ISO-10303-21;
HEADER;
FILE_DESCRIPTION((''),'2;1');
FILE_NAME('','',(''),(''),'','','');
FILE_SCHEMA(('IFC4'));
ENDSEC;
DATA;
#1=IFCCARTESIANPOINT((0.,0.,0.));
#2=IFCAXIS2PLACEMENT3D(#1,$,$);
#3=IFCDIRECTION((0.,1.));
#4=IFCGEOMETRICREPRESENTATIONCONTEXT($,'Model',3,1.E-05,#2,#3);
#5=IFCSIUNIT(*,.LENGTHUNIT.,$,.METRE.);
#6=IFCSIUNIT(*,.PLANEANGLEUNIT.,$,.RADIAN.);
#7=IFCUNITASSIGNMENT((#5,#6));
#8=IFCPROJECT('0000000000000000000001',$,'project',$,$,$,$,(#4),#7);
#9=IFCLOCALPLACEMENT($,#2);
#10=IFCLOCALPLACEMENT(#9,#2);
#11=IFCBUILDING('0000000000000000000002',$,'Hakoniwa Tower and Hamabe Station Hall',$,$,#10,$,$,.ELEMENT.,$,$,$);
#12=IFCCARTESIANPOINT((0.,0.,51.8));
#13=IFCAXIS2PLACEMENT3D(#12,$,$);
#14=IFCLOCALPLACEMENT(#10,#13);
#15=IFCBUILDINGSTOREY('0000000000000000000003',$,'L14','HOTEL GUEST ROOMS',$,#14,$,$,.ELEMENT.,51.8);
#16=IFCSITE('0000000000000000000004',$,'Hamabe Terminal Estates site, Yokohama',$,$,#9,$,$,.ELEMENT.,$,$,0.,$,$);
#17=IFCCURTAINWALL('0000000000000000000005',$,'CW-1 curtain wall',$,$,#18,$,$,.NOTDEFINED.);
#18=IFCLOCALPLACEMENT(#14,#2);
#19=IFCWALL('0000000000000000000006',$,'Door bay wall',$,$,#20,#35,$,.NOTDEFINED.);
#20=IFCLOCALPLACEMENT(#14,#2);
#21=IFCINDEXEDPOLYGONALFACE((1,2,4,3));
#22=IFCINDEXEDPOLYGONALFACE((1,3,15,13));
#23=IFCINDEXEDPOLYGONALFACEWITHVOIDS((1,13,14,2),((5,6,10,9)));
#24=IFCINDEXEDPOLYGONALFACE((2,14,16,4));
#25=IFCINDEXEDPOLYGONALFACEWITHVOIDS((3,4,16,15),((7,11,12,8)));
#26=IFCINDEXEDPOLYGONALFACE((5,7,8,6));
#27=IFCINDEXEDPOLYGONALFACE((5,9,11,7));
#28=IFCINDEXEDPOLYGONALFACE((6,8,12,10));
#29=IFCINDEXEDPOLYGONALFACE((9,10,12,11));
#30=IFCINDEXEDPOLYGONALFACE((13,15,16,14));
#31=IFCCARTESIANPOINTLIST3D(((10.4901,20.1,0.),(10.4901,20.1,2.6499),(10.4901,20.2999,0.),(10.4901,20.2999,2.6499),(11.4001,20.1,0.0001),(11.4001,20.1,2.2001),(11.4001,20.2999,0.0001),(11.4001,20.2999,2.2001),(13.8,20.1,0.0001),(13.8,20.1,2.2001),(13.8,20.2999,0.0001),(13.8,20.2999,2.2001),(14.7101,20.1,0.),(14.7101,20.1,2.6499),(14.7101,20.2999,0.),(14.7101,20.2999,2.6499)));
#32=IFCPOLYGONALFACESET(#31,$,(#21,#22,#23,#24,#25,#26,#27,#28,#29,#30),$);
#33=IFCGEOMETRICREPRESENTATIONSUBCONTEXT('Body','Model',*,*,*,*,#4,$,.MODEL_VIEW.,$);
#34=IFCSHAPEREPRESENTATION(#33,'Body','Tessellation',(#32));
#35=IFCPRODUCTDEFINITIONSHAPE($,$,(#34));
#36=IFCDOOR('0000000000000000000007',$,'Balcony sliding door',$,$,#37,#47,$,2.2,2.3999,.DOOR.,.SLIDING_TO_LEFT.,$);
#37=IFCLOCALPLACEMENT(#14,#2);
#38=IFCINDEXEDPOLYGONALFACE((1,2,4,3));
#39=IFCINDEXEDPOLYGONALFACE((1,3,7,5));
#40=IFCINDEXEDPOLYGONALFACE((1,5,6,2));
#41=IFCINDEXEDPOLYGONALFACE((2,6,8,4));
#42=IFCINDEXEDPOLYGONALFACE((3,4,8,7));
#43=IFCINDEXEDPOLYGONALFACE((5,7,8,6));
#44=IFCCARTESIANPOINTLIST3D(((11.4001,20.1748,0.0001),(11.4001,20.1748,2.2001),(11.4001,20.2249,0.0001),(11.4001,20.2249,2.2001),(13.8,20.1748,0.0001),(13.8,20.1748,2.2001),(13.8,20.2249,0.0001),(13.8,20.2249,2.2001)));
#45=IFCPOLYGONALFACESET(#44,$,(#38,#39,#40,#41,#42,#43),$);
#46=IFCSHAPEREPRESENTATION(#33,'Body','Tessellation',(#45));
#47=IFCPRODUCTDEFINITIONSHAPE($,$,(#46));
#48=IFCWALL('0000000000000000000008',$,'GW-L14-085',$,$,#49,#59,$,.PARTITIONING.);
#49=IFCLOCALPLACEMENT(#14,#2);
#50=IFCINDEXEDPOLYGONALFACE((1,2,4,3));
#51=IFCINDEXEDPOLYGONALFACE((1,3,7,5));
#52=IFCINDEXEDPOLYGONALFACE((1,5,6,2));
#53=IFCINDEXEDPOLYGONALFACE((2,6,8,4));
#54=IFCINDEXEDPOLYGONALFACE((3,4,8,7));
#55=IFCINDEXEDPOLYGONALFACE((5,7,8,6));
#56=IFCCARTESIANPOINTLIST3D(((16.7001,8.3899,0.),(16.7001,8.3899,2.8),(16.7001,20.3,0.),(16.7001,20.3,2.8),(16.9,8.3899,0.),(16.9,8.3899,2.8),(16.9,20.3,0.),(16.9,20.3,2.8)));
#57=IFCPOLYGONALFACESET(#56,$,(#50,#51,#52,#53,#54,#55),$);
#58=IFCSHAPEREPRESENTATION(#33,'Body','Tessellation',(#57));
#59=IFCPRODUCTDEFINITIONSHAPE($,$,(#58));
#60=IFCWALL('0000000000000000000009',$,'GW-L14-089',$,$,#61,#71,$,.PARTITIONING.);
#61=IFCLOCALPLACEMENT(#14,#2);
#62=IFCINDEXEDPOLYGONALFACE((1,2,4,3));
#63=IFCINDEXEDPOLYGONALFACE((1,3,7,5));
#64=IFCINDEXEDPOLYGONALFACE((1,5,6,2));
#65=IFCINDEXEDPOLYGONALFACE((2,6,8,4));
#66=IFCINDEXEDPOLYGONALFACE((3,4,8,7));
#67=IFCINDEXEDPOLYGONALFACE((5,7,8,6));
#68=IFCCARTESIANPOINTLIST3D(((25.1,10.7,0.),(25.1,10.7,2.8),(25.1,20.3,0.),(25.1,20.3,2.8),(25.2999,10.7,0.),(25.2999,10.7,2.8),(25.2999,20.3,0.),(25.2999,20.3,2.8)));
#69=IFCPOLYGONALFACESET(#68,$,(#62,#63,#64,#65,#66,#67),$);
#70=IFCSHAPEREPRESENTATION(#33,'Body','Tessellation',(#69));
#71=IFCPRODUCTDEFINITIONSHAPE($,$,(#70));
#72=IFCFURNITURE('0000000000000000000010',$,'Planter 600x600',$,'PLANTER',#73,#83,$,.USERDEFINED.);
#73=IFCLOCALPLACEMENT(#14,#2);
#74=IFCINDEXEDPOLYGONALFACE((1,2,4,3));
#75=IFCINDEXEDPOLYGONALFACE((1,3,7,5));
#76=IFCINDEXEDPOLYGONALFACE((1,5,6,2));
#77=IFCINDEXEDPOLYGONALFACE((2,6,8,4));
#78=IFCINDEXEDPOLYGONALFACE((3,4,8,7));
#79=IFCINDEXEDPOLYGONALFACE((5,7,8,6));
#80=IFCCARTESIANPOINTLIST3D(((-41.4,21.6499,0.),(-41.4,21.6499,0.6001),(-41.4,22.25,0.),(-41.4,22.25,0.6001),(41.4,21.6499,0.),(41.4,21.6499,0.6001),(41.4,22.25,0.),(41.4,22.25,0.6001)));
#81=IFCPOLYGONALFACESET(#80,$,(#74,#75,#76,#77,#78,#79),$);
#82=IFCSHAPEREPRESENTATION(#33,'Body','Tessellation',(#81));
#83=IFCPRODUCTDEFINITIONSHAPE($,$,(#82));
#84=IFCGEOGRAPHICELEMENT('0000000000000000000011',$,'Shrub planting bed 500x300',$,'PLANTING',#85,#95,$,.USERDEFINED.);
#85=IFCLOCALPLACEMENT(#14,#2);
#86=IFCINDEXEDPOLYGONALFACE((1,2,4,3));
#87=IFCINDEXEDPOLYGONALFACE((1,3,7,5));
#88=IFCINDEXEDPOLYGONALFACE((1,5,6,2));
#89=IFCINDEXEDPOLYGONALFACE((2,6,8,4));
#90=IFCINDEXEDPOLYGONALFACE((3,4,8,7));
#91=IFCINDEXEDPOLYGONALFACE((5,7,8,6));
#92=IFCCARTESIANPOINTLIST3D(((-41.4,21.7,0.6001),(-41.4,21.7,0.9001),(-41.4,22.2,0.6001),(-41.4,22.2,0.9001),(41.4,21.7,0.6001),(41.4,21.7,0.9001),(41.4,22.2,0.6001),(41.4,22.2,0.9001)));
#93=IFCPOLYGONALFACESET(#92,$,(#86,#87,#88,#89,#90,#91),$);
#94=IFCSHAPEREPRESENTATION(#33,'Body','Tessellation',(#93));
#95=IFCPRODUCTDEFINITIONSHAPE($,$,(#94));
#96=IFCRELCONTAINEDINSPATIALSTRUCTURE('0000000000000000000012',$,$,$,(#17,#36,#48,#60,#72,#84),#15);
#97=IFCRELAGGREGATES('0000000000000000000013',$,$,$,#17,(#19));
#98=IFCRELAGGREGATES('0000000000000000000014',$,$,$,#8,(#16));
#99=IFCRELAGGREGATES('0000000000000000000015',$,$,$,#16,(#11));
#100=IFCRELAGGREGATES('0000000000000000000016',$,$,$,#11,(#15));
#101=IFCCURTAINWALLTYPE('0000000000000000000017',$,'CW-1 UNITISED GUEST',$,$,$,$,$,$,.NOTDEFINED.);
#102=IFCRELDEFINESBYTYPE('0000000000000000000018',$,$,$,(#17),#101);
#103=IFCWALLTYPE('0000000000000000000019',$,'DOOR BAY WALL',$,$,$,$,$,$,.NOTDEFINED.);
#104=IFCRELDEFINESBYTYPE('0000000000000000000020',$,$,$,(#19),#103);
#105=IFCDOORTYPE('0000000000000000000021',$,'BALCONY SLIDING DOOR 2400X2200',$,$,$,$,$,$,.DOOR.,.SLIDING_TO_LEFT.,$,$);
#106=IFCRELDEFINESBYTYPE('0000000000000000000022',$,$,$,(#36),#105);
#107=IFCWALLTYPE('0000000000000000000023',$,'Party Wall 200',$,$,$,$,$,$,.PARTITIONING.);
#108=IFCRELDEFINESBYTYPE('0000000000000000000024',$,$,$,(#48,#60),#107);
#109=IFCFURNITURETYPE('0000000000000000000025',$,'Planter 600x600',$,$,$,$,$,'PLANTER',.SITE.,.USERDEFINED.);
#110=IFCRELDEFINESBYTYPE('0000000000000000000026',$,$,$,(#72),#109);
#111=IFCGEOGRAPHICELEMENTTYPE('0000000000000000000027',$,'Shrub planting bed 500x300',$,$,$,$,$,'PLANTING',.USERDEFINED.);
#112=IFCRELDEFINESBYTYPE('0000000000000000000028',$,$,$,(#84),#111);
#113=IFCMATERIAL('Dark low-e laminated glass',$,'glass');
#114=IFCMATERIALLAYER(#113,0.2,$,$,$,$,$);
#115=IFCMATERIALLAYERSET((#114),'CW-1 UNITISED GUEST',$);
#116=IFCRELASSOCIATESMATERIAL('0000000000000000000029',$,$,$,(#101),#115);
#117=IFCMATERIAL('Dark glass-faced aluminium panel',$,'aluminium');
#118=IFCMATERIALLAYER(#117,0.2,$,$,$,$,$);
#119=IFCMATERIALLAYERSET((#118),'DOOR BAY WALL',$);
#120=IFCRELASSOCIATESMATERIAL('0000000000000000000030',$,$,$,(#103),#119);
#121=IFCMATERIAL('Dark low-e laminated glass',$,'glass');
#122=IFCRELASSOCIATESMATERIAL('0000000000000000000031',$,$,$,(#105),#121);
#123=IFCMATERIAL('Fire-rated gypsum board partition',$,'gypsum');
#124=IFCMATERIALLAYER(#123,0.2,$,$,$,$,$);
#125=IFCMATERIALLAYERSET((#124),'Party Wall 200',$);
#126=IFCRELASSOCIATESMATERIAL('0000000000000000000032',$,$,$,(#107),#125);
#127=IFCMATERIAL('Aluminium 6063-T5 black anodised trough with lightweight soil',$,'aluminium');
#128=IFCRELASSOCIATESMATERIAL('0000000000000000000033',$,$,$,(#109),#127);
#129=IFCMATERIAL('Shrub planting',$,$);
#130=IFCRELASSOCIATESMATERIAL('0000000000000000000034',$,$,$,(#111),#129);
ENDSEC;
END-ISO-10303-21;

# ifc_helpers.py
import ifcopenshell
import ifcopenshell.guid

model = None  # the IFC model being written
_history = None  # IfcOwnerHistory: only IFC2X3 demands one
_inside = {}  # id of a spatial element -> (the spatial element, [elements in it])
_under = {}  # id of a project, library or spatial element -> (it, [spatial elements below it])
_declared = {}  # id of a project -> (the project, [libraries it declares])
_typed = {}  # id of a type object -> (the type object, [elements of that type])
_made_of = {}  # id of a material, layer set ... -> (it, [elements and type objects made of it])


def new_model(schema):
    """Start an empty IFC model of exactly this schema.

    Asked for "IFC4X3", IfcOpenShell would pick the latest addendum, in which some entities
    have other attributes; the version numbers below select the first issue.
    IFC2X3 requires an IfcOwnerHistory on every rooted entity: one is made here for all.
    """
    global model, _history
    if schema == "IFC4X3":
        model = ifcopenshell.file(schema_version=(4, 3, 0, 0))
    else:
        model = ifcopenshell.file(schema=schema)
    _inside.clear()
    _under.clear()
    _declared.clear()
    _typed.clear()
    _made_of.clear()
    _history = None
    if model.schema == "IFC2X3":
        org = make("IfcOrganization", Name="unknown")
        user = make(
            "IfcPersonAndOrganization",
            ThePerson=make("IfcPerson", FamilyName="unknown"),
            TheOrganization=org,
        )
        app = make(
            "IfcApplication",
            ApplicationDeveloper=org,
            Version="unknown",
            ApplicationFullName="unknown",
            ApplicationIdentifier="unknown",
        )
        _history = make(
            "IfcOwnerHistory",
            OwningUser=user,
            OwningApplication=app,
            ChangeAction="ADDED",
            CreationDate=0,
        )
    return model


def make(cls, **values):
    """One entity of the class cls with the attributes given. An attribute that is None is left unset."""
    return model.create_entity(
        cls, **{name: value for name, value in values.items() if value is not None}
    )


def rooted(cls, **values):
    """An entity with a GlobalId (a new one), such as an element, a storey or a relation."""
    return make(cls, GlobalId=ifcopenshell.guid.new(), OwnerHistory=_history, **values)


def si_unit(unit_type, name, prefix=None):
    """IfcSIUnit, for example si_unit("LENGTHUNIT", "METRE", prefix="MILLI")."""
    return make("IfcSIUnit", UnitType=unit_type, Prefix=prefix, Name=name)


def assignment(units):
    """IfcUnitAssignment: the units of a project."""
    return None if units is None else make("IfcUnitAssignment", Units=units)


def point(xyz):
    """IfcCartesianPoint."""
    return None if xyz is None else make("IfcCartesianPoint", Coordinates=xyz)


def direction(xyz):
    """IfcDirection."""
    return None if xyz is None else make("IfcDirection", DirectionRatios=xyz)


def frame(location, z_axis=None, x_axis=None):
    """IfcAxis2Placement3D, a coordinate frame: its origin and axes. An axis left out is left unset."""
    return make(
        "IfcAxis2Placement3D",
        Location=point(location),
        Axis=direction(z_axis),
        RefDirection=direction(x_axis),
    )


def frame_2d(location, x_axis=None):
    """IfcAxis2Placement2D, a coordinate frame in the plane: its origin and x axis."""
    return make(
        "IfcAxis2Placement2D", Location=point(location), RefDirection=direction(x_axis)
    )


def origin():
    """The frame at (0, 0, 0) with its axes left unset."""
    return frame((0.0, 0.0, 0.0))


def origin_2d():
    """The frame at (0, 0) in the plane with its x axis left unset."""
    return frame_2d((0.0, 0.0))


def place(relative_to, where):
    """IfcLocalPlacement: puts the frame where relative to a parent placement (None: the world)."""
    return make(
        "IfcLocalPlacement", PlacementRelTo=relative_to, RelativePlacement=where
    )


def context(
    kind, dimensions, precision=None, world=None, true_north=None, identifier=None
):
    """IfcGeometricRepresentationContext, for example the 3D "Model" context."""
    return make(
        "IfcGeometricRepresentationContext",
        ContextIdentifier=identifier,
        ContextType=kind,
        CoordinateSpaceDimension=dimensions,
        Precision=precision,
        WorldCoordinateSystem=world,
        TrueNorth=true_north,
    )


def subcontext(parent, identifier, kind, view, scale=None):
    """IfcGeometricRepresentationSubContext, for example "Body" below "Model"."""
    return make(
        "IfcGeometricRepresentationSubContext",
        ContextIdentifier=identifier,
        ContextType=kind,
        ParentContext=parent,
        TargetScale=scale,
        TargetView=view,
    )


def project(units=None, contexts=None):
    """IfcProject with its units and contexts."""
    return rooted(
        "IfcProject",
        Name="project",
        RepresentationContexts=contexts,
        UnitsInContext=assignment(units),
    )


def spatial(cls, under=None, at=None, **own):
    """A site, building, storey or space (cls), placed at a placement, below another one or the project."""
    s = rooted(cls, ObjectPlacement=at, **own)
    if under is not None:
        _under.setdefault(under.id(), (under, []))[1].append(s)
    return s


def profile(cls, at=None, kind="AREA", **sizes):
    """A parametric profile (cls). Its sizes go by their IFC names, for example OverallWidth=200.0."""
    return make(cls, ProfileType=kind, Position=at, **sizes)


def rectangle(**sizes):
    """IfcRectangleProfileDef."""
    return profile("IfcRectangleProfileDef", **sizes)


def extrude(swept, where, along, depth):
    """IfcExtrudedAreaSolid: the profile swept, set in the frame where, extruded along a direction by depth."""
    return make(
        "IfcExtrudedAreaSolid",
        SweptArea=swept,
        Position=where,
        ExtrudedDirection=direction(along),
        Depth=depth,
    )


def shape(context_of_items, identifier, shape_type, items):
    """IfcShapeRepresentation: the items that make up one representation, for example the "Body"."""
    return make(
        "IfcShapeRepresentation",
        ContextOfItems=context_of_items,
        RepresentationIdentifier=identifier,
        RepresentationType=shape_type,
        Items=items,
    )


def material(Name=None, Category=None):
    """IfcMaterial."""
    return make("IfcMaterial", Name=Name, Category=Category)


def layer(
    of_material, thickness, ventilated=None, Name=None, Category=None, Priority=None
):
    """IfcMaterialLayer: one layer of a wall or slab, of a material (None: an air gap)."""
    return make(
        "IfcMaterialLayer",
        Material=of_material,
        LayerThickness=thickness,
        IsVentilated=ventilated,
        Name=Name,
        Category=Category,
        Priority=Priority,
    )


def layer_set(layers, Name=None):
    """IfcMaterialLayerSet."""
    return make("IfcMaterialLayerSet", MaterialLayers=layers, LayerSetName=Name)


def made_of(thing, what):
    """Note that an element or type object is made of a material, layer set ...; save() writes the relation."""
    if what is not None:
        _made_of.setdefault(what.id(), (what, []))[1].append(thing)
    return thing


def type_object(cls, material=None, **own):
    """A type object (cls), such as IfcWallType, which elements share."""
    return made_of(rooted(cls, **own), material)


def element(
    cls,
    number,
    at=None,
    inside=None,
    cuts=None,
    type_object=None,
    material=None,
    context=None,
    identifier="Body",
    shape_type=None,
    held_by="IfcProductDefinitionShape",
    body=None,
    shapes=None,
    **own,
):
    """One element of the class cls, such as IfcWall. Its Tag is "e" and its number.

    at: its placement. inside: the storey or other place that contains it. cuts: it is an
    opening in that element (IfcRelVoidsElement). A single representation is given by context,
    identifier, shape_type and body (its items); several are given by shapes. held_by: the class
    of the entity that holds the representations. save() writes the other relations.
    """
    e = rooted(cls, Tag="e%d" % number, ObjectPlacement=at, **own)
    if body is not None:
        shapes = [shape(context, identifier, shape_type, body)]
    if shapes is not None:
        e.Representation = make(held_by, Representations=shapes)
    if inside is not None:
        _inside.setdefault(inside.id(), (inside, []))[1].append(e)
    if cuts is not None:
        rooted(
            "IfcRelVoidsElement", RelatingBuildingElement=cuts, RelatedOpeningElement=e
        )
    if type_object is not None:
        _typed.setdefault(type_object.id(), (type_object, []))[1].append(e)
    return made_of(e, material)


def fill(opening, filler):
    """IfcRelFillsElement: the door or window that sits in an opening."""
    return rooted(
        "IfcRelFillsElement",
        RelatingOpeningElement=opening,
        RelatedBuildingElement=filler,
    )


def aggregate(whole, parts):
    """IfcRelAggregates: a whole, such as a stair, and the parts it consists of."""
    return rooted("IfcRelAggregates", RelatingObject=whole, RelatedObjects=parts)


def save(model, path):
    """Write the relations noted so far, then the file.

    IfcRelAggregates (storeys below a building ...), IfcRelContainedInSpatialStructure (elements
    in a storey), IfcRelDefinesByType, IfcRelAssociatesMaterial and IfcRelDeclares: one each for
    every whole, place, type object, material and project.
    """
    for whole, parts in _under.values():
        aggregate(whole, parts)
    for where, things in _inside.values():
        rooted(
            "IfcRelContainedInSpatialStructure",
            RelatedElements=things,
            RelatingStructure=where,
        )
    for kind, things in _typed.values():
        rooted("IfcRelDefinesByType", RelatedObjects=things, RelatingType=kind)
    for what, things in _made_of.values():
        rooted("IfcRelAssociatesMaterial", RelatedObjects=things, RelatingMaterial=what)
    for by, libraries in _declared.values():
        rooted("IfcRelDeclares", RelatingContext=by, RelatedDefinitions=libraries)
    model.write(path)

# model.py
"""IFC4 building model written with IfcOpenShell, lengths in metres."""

from ifc_helpers import new_model, si_unit, direction, frame, frame_2d, origin, origin_2d, place, context, subcontext, project, spatial, rectangle, extrude, material, layer, layer_set, type_object, element, fill, aggregate, save


model = new_model("IFC4")

# Units and contexts
model_context = context("Model", 3, precision=1e-05, world=origin(), true_north=direction((0.0, 1.0)))
body_context = subcontext(model_context, "Body", "Model", "MODEL_VIEW")
ifc_project = project(units=[si_unit("LENGTHUNIT", "METRE"), si_unit("PLANEANGLEUNIT", "RADIAN")], contexts=[model_context])

# Site, building, storey
site_placement = place(None, origin())
site = spatial("IfcSite", under=ifc_project, at=site_placement, Name="Hamabe Terminal Estates site, Yokohama", CompositionType="ELEMENT", RefElevation=0.0)
building_placement = place(site_placement, origin())
building = spatial("IfcBuilding", under=site, at=building_placement, Name="Hakoniwa Tower and Hamabe Station Hall", CompositionType="ELEMENT")
storey_placement = place(building_placement, frame((0.0, 0.0, 51.8)))
storey = spatial("IfcBuildingStorey", under=building, at=storey_placement, Name="L14", Description="HOTEL GUEST ROOMS", CompositionType="ELEMENT", Elevation=51.8)

# Curtain wall
ifc_material_1 = material(Name="Dark low-e laminated glass", Category="glass")
ifc_layer_1 = layer(ifc_material_1, 0.2)
ifc_layer_set_1 = layer_set([ifc_layer_1], Name="CW-1 UNITISED GUEST")
curtain_wall_type = type_object("IfcCurtainWallType", Name="CW-1 UNITISED GUEST", PredefinedType="NOTDEFINED", material=ifc_layer_set_1)
curtain_wall_placement = place(storey_placement, origin())
curtain_wall = element("IfcCurtainWall", 1, at=curtain_wall_placement, inside=storey, type_object=curtain_wall_type, Name="CW-1 curtain wall", PredefinedType="NOTDEFINED")

# Wall, opening, door
ifc_material_2 = material(Name="Dark glass-faced aluminium panel", Category="aluminium")
ifc_layer_2 = layer(ifc_material_2, 0.2)
ifc_layer_set_2 = layer_set([ifc_layer_2], Name="DOOR BAY WALL")
wall_type_1 = type_object("IfcWallType", Name="DOOR BAY WALL", PredefinedType="NOTDEFINED", material=ifc_layer_set_2)
ifc_material_3 = material(Name="Dark low-e laminated glass", Category="glass")
door_type_1 = type_object("IfcDoorType", Name="BALCONY SLIDING DOOR 2400X2200", OperationType="SLIDING_TO_LEFT", PredefinedType="DOOR", material=ifc_material_3)
wall_1_placement = place(storey_placement, frame((14.71, 20.2, 0.0), z_axis=(0.0, 0.0, 1.0), x_axis=(-1.0, 0.0, 0.0)))
wall_1 = element("IfcWall", 2, at=wall_1_placement, type_object=wall_type_1, Name="Door bay wall", PredefinedType="NOTDEFINED", context=body_context, shape_type="SweptSolid", body=[
    extrude(rectangle(XDim=4.22, YDim=0.2, at=frame_2d((2.1099, 0.0))), origin(), (0.0, 0.0, 1.0), 2.6499),
])
opening_1_placement = place(wall_1_placement, frame((0.9099, 0.0, 0.0)))
opening_1 = element("IfcOpeningElement", 3, at=opening_1_placement, cuts=wall_1, PredefinedType="OPENING", context=body_context, shape_type="SweptSolid", body=[
    extrude(rectangle(XDim=2.3999, YDim=2.2, at=frame_2d((1.2, 1.1001))), frame((0.0, 0.1099, 0.0), z_axis=(0.0, -1.0, 0.0), x_axis=(1.0, 0.0, 0.0)), (0.0, 0.0, 1.0), 0.22),
])
door_1_placement = place(opening_1_placement, frame((2.3999, 0.0, 0.0), z_axis=(0.0, 0.0, 1.0), x_axis=(-1.0, 0.0, 0.0)))
door_1 = element("IfcDoor", 4, at=door_1_placement, inside=storey, type_object=door_type_1, Name="Balcony sliding door", OperationType="SLIDING_TO_LEFT", OverallHeight=2.2, OverallWidth=2.3999, PredefinedType="DOOR", context=body_context, shape_type="SweptSolid", body=[
    extrude(rectangle(XDim=2.3999, YDim=2.2, at=frame_2d((1.2, 1.1001))), frame((0.0, 0.0249, 0.0), z_axis=(0.0, -1.0, 0.0), x_axis=(1.0, 0.0, 0.0)), (0.0, 0.0, 1.0), 0.05),
])
fill(opening_1, door_1)
aggregate(curtain_wall, [wall_1])

# Walls
ifc_material_4 = material(Name="Fire-rated gypsum board partition", Category="gypsum")
ifc_layer_3 = layer(ifc_material_4, 0.2)
ifc_layer_set_3 = layer_set([ifc_layer_3], Name="Party Wall 200")
wall_type_2 = type_object("IfcWallType", Name="Party Wall 200", PredefinedType="PARTITIONING", material=ifc_layer_set_3)
wall_2_placement = place(storey_placement, frame((16.8, 8.3899, 0.0), z_axis=(0.0, 0.0, 1.0), x_axis=(0.0, 1.0, 0.0)))
element("IfcWall", 5, at=wall_2_placement, inside=storey, type_object=wall_type_2, Name="GW-L14-085", PredefinedType="PARTITIONING", context=body_context, shape_type="SweptSolid", body=[
    extrude(rectangle(XDim=11.9102, YDim=0.2, at=frame_2d((5.9551, 0.0))), origin(), (0.0, 0.0, 1.0), 2.8),
])
wall_3_placement = place(storey_placement, frame((25.2, 10.7, 0.0), z_axis=(0.0, 0.0, 1.0), x_axis=(0.0, 1.0, 0.0)))
element("IfcWall", 6, at=wall_3_placement, inside=storey, type_object=wall_type_2, Name="GW-L14-089", PredefinedType="PARTITIONING", context=body_context, shape_type="SweptSolid", body=[
    extrude(rectangle(XDim=9.6001, YDim=0.2, at=frame_2d((4.8, 0.0))), origin(), (0.0, 0.0, 1.0), 2.8),
])

# Furniture
ifc_material_5 = material(Name="Aluminium 6063-T5 black anodised trough with lightweight soil", Category="aluminium")
furniture_type = type_object("IfcFurnitureType", Name="Planter 600x600", ElementType="PLANTER", AssemblyPlace="SITE", PredefinedType="USERDEFINED", material=ifc_material_5)
furniture_placement = place(storey_placement, frame((0.0, 21.95, 0.0), z_axis=(0.0, 0.0, 1.0), x_axis=(1.0, 0.0, 0.0)))
element("IfcFurniture", 7, at=furniture_placement, inside=storey, type_object=furniture_type, Name="Planter 600x600", ObjectType="PLANTER", PredefinedType="USERDEFINED", context=body_context, shape_type="SweptSolid", body=[
    extrude(rectangle(XDim=82.8, YDim=0.6001, at=origin_2d()), origin(), (0.0, 0.0, 1.0), 0.6001),
])

# Geographic element
ifc_material_6 = material(Name="Shrub planting")
geographic_element_type = type_object("IfcGeographicElementType", Name="Shrub planting bed 500x300", ElementType="PLANTING", PredefinedType="USERDEFINED", material=ifc_material_6)
geographic_element_placement = place(storey_placement, frame((0.0, 21.95, 0.6001), z_axis=(0.0, 0.0, 1.0), x_axis=(1.0, 0.0, 0.0)))
element("IfcGeographicElement", 8, at=geographic_element_placement, inside=storey, type_object=geographic_element_type, Name="Shrub planting bed 500x300", ObjectType="PLANTING", PredefinedType="USERDEFINED", context=body_context, shape_type="SweptSolid", body=[
    extrude(rectangle(XDim=82.8, YDim=0.5, at=origin_2d()), origin(), (0.0, 0.0, 1.0), 0.3),
])

save(model, "model.ifc")
